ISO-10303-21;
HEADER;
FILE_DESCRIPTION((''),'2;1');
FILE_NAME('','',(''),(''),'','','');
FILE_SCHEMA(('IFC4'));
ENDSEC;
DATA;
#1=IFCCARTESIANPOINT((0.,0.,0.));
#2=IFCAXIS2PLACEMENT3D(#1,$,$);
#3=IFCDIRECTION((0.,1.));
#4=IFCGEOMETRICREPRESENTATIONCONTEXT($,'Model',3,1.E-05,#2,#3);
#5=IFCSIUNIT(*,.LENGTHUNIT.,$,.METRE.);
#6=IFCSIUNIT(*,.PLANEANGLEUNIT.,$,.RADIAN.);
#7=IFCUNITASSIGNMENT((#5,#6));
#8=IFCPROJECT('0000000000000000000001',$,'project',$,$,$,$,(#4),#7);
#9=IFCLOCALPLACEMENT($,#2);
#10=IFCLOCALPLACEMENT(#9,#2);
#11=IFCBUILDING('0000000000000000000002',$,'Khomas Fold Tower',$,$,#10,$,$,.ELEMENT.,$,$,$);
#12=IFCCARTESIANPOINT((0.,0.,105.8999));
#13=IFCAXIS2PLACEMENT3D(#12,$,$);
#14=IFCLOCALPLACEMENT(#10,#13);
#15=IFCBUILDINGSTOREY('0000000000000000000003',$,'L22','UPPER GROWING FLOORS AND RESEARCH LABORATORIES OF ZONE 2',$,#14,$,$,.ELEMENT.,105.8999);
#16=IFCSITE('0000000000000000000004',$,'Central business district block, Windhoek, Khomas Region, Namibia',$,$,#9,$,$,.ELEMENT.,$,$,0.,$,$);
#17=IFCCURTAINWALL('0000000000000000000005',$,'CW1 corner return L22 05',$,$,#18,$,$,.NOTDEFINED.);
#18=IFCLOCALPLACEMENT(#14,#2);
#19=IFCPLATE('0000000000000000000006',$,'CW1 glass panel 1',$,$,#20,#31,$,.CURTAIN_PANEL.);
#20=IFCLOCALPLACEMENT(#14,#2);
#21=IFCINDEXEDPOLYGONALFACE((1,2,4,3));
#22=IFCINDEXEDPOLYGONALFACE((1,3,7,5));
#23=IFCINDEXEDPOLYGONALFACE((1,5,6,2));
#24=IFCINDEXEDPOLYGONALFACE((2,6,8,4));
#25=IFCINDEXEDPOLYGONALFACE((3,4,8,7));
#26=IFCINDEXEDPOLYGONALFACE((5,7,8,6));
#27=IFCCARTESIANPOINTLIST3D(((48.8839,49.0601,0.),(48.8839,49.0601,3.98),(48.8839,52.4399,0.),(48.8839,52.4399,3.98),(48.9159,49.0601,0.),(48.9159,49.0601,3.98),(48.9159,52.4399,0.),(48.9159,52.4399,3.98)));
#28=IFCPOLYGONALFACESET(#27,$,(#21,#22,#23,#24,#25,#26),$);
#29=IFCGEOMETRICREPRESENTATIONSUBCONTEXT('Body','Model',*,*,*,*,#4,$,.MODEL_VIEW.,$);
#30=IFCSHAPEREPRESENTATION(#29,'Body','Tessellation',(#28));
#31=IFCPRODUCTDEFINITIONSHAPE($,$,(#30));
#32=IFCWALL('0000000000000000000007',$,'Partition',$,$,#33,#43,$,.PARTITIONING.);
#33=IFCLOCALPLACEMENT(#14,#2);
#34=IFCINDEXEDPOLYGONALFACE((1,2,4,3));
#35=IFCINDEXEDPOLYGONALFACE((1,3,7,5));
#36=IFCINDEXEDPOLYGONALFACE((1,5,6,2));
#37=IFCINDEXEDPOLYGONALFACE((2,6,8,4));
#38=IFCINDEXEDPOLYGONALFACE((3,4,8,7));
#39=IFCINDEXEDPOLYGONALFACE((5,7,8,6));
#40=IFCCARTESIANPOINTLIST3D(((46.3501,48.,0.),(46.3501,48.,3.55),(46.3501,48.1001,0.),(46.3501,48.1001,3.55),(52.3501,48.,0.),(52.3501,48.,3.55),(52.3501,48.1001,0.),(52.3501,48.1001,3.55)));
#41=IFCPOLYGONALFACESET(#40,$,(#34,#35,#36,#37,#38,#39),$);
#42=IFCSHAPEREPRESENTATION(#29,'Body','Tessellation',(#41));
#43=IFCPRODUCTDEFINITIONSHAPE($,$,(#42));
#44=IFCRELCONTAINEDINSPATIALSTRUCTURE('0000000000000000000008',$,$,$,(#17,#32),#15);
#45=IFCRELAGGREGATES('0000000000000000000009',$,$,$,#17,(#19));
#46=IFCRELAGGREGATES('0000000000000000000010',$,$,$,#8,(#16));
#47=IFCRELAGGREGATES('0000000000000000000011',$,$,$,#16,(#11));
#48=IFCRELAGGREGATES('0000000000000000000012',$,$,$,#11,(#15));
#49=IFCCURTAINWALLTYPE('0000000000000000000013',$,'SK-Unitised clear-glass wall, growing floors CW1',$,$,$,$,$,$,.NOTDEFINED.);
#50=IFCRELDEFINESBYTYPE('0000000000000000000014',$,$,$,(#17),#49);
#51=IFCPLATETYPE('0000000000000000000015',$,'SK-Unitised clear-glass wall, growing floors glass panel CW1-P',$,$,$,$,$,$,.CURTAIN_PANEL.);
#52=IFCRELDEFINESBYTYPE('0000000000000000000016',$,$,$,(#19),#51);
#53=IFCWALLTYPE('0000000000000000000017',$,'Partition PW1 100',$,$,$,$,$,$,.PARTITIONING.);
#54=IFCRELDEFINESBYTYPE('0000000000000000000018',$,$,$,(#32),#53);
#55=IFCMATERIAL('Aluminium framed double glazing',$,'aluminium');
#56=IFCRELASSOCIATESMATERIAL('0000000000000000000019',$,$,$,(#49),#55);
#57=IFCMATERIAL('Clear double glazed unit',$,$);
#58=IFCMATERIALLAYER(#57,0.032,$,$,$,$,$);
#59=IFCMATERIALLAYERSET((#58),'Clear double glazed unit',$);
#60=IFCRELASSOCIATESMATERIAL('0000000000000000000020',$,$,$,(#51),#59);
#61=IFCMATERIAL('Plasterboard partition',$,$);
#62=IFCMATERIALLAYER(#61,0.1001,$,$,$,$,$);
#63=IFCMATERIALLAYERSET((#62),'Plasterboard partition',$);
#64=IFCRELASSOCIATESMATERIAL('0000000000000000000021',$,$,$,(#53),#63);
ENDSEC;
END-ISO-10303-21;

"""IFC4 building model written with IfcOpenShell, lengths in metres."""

from ifc_helpers import new_model, si_unit, direction, frame, frame_2d, origin, origin_2d, place, context, subcontext, project, spatial, rectangle, extrude, source, transform, mapped, material, layer, layer_set, type_object, element, aggregate, save


model = new_model("IFC4")

# Units and contexts
model_context = context("Model", 3, precision=1e-05, world=origin(), true_north=direction((0.0, 1.0)))
body_context = subcontext(model_context, "Body", "Model", "MODEL_VIEW")
ifc_project = project(units=[si_unit("LENGTHUNIT", "METRE"), si_unit("PLANEANGLEUNIT", "RADIAN")], contexts=[model_context])

# Site, building, storey
site_placement = place(None, origin())
site = spatial("IfcSite", under=ifc_project, at=site_placement, Name="Central business district block, Windhoek, Khomas Region, Namibia", CompositionType="ELEMENT", RefElevation=0.0)
building_placement = place(site_placement, origin())
building = spatial("IfcBuilding", under=site, at=building_placement, Name="Khomas Fold Tower", CompositionType="ELEMENT")
storey_placement = place(building_placement, frame((0.0, 0.0, 105.8999)))
storey = spatial("IfcBuildingStorey", under=building, at=storey_placement, Name="L22", Description="UPPER GROWING FLOORS AND RESEARCH LABORATORIES OF ZONE 2", CompositionType="ELEMENT", Elevation=105.8999)

# Curtain wall
ifc_material_1 = material(Name="Aluminium framed double glazing", Category="aluminium")
curtain_wall_type = type_object("IfcCurtainWallType", Name="SK-Unitised clear-glass wall, growing floors CW1", PredefinedType="NOTDEFINED", material=ifc_material_1)
curtain_wall_1_placement = place(storey_placement, origin())
curtain_wall_1 = element("IfcCurtainWall", 1, at=curtain_wall_1_placement, inside=storey, type_object=curtain_wall_type, Name="CW1 corner return L22 05", PredefinedType="NOTDEFINED")

# Plate
ifc_material_2 = material(Name="Clear double glazed unit")
ifc_layer_1 = layer(ifc_material_2, 0.032)
ifc_layer_set_1 = layer_set([ifc_layer_1], Name="Clear double glazed unit")
plate_type = type_object("IfcPlateType", Name="SK-Unitised clear-glass wall, growing floors glass panel CW1-P", PredefinedType="CURTAIN_PANEL", material=ifc_layer_set_1)
shared_shape_1 = source(origin(), body_context, "Body", "SweptSolid", [
    extrude(rectangle(XDim=3.3799, YDim=0.032, at=origin_2d()), origin(), (0.0, 0.0, 1.0), 3.98),
])
plate_1_placement = place(storey_placement, frame((48.8999, 50.75, 0.0), z_axis=(0.0, 0.0, 1.0), x_axis=(0.0, 1.0, 0.0)))
plate_1 = element("IfcPlate", 2, at=plate_1_placement, type_object=plate_type, Name="CW1 glass panel 1", PredefinedType="CURTAIN_PANEL", context=body_context, shape_type="MappedRepresentation", body=[
    mapped(shared_shape_1, transform((0.0, 0.0, 0.0))),
])
aggregate(curtain_wall_1, [plate_1])

# Wall
ifc_material_3 = material(Name="Plasterboard partition")
ifc_layer_2 = layer(ifc_material_3, 0.1001)
ifc_layer_set_2 = layer_set([ifc_layer_2], Name="Plasterboard partition")
wall_type = type_object("IfcWallType", Name="Partition PW1 100", PredefinedType="PARTITIONING", material=ifc_layer_set_2)
shared_shape_2 = source(origin(), body_context, "Body", "SweptSolid", [
    extrude(rectangle(XDim=6.0, YDim=0.1001, at=frame_2d((3.0, 0.0))), origin(), (0.0, 0.0, 1.0), 3.55),
])
wall_placement = place(storey_placement, frame((46.3501, 48.05, 0.0), z_axis=(0.0, 0.0, 1.0), x_axis=(1.0, 0.0, 0.0)))
element("IfcWall", 3, at=wall_placement, inside=storey, type_object=wall_type, Name="Partition", PredefinedType="PARTITIONING", context=body_context, shape_type="MappedRepresentation", body=[
    mapped(shared_shape_2, transform((0.0, 0.0, 0.0))),
])

save(model, "model.ifc")
